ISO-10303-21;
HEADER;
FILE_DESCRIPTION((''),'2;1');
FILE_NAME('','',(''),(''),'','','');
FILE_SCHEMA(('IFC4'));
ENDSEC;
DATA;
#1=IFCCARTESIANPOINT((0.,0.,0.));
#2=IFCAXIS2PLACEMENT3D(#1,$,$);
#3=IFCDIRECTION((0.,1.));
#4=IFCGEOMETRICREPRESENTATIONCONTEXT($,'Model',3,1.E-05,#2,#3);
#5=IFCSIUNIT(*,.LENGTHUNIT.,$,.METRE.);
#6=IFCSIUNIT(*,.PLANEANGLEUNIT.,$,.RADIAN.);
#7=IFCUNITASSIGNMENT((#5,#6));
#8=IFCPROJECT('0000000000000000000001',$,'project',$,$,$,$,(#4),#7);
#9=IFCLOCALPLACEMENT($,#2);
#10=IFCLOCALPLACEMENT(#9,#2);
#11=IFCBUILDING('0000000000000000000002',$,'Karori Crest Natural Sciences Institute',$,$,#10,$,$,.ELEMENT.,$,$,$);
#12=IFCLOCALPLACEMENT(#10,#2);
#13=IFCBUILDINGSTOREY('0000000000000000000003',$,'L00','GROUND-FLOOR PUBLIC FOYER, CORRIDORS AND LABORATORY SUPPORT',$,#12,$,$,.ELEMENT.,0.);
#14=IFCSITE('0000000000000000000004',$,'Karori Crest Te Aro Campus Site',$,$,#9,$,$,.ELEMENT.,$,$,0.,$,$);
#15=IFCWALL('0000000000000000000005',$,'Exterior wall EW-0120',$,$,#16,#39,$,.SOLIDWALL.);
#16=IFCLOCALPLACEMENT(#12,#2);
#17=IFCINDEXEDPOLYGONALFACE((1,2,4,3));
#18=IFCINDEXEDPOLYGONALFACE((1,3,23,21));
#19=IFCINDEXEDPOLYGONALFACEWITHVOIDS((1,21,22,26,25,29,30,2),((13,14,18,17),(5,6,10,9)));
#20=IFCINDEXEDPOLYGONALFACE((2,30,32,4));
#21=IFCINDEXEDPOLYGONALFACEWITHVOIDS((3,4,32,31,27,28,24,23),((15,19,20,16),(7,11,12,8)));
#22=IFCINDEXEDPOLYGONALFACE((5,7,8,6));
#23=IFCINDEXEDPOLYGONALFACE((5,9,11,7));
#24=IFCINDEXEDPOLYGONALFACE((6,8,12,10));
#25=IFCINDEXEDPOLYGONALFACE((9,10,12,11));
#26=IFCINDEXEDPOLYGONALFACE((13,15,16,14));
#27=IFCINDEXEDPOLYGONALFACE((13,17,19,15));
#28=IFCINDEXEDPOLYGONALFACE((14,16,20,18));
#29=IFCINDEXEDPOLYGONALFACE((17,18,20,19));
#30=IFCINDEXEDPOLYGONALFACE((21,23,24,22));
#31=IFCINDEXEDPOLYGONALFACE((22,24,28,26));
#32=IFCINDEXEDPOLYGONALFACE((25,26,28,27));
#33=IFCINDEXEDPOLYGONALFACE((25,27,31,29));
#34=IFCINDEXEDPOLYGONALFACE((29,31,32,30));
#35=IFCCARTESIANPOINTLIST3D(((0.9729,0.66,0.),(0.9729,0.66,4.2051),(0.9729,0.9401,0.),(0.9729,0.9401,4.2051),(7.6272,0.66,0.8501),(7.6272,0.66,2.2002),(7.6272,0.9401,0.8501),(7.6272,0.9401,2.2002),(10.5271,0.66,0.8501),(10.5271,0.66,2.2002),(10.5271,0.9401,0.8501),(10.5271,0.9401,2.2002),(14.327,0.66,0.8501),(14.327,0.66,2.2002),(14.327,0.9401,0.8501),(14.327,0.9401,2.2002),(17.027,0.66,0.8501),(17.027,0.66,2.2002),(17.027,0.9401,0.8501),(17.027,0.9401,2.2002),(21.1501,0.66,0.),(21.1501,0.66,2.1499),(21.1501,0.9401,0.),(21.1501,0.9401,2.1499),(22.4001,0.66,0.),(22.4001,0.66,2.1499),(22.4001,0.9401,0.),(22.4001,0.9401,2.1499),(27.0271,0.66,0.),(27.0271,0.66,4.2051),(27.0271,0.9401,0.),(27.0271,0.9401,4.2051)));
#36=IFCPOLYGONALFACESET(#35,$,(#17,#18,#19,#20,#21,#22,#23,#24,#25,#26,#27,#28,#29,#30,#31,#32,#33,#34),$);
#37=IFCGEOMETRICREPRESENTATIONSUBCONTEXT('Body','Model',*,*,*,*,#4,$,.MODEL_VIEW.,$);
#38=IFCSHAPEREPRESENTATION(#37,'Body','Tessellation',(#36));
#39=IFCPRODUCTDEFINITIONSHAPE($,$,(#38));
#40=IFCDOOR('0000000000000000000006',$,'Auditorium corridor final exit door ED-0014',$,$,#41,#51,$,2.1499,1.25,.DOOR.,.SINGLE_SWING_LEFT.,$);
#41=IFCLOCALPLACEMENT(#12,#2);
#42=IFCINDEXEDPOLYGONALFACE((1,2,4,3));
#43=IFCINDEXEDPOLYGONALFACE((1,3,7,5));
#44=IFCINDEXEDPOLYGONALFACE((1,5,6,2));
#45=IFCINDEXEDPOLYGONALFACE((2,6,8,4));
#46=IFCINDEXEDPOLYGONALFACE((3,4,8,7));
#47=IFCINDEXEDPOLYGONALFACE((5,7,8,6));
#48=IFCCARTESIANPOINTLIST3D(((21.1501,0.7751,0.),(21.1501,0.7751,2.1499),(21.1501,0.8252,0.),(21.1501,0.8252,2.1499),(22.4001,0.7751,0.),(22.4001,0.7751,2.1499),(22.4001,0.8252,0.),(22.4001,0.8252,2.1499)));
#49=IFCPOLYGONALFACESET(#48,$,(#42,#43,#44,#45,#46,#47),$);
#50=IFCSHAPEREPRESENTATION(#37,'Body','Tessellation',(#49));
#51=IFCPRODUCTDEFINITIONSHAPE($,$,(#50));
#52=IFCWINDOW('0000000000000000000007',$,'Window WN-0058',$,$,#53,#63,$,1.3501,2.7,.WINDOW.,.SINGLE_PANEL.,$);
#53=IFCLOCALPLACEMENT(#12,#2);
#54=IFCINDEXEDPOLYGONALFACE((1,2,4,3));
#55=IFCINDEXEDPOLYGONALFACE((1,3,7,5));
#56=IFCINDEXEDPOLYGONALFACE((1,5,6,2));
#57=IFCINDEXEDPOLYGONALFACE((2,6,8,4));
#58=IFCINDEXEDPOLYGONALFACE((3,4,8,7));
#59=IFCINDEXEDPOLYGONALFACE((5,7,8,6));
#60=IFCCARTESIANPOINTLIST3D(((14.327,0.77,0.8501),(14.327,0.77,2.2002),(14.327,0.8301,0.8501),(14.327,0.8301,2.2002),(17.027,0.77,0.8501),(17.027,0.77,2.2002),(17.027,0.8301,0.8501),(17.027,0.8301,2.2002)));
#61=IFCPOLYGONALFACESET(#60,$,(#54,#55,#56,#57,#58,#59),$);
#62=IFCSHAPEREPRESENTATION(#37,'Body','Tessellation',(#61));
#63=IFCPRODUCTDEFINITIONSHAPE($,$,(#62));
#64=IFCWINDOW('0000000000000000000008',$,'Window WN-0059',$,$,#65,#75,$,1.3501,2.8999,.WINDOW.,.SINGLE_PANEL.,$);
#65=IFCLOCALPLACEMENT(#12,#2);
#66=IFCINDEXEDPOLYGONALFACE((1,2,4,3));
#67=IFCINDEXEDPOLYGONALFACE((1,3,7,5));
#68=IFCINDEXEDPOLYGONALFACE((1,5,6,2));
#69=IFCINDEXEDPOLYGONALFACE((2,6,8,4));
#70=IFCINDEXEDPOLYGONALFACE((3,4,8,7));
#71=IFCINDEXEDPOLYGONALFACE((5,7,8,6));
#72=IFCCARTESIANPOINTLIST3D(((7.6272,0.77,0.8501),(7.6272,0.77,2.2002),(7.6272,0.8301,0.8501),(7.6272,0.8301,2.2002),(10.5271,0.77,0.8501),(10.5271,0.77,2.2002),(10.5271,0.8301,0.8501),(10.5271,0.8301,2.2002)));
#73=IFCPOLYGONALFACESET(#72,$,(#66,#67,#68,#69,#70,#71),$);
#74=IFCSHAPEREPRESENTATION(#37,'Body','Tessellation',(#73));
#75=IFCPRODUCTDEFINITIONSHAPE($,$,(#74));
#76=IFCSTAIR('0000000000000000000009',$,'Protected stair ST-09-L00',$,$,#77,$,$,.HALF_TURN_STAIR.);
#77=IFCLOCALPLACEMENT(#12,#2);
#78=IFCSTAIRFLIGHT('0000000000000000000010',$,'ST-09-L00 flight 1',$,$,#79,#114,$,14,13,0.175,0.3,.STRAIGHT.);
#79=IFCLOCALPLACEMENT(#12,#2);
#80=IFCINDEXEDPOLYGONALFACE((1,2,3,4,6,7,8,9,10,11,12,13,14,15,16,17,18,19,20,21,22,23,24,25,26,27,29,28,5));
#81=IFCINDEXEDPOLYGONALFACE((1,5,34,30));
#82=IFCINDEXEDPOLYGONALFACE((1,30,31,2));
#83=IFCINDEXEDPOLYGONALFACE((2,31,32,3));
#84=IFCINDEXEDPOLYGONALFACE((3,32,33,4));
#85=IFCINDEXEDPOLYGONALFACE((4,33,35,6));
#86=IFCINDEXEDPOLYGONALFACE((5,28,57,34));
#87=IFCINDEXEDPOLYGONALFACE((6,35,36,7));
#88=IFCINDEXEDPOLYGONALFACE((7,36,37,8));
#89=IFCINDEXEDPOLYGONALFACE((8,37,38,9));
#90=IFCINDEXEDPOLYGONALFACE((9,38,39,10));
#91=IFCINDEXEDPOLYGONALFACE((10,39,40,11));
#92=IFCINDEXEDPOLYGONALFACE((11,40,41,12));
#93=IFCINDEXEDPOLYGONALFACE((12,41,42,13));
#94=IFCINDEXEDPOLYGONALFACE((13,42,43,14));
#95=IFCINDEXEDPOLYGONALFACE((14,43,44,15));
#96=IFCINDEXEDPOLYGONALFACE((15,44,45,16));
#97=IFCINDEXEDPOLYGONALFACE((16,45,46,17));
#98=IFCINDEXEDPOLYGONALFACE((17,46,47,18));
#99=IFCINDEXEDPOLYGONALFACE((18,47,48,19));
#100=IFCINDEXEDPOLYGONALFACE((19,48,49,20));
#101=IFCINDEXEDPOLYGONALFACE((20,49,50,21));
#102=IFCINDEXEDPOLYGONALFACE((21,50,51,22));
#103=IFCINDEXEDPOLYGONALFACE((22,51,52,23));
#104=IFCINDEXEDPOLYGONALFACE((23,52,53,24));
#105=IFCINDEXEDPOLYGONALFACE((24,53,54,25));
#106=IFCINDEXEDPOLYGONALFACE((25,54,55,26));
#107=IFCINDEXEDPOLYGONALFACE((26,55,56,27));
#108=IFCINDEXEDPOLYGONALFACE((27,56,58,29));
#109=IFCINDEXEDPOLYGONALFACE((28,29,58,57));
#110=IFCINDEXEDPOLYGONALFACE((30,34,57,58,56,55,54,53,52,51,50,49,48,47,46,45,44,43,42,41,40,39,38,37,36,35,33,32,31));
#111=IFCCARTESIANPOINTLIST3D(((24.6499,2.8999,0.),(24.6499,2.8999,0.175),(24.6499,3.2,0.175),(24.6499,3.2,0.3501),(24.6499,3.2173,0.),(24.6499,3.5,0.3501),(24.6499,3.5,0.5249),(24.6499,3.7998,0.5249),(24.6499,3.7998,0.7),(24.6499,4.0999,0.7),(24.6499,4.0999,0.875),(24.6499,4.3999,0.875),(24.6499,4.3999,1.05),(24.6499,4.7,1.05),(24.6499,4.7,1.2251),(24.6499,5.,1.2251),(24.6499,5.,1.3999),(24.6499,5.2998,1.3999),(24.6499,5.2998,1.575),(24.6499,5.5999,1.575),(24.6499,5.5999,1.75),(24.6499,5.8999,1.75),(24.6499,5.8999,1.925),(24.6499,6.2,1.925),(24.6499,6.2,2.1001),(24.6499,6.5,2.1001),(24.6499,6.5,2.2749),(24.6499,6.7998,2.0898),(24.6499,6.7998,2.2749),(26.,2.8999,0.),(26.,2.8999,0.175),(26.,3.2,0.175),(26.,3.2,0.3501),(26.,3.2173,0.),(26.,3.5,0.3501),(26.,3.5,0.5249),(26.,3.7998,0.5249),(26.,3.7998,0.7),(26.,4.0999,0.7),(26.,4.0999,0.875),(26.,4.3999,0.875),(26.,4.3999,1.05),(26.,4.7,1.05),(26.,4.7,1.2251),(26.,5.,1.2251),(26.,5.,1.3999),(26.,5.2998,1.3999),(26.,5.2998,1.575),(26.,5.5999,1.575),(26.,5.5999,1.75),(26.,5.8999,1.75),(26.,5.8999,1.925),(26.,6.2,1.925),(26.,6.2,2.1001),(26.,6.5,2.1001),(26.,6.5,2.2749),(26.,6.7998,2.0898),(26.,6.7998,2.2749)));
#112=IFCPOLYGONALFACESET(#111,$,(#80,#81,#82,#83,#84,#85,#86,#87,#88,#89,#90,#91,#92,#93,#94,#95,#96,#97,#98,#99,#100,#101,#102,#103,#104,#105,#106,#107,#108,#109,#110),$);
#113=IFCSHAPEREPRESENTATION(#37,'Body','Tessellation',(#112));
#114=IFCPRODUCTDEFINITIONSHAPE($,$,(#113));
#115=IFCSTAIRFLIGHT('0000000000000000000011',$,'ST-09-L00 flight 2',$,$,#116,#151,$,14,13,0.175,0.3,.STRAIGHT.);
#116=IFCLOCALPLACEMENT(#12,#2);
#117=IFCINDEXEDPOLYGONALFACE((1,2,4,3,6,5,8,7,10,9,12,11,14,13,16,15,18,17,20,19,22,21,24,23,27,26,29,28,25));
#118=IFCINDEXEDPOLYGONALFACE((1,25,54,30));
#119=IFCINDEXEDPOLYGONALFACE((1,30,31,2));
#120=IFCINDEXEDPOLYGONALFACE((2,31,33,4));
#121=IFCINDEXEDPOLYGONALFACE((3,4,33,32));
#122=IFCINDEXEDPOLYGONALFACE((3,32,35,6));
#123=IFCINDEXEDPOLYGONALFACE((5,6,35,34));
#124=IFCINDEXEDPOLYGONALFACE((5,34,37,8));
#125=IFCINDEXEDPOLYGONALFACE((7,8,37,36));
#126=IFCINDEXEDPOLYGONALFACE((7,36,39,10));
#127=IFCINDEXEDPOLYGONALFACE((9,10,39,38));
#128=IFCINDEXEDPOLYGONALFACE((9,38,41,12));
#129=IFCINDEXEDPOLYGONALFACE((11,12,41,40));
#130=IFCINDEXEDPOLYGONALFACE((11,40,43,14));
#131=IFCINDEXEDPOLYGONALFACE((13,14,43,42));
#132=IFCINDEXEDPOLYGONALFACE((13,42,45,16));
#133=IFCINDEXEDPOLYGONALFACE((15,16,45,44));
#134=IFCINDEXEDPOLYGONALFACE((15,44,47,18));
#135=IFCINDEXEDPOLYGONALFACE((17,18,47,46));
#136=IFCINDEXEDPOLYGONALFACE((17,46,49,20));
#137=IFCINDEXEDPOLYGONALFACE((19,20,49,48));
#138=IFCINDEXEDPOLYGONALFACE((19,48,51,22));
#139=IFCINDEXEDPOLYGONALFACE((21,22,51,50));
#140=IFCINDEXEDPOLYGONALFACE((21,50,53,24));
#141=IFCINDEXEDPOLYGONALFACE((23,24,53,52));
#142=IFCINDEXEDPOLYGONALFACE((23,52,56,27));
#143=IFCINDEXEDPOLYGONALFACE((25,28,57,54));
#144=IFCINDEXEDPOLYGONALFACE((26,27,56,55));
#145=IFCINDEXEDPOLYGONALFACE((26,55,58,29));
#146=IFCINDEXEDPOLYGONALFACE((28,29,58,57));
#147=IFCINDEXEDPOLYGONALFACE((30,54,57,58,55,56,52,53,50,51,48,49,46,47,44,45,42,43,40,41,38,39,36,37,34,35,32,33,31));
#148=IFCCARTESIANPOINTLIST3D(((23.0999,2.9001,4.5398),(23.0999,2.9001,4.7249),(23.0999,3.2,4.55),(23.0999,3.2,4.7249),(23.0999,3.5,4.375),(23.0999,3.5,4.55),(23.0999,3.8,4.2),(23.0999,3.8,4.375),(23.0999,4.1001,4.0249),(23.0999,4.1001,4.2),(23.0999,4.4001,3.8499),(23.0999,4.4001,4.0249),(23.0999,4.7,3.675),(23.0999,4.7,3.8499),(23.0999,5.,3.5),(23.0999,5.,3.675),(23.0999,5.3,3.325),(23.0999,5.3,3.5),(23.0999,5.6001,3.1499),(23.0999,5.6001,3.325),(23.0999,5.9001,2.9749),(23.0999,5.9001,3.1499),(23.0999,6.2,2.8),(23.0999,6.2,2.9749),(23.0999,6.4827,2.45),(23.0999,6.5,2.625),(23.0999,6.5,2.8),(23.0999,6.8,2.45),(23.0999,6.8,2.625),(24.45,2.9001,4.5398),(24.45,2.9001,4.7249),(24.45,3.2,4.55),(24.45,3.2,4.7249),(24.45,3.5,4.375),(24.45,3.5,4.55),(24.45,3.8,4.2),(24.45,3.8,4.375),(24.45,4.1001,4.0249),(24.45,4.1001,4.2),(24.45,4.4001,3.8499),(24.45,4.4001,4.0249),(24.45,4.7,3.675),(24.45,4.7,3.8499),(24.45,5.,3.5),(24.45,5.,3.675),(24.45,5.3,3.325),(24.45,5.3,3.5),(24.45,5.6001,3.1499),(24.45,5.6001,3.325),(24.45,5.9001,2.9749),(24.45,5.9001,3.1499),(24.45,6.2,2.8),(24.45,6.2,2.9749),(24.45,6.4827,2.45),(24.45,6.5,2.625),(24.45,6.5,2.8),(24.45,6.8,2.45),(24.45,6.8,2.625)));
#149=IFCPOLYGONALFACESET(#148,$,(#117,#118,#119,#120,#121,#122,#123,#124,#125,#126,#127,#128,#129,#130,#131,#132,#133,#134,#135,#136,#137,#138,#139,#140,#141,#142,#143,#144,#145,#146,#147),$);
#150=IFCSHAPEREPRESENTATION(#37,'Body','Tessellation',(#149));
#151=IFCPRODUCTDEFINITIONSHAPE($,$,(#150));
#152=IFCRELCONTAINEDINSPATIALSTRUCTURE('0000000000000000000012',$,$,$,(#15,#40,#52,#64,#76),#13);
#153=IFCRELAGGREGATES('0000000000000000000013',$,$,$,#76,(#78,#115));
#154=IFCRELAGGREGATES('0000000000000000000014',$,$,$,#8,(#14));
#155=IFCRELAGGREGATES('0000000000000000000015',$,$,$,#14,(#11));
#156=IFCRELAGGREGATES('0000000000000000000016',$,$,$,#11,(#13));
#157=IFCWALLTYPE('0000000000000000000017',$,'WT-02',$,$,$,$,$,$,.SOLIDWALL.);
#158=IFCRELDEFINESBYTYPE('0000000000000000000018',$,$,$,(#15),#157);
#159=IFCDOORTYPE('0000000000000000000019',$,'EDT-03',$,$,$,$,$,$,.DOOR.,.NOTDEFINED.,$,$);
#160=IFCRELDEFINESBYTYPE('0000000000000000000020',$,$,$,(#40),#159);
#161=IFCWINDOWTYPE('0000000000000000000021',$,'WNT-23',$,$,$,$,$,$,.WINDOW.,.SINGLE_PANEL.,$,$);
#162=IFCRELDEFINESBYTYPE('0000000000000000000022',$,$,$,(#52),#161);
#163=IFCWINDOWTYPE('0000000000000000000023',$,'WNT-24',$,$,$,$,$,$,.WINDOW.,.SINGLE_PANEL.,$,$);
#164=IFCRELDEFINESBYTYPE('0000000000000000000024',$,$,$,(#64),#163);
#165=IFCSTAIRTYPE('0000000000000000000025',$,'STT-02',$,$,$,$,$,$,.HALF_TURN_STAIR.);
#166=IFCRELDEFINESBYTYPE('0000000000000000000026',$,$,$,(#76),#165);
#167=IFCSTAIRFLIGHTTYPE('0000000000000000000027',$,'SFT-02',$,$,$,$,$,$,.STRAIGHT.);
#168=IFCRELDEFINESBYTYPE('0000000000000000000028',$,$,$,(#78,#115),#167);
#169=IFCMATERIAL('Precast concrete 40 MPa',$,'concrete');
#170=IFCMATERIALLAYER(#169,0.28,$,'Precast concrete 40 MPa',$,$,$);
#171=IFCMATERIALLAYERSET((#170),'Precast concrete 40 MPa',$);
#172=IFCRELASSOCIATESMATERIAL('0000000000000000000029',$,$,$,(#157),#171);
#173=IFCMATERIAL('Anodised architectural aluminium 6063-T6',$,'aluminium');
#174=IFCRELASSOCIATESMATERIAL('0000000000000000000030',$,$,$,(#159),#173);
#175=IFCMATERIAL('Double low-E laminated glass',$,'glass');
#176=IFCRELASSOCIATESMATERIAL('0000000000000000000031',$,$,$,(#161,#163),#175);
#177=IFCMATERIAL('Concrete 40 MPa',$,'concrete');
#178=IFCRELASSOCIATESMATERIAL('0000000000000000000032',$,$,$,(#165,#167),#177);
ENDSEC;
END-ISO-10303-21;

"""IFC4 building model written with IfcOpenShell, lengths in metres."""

from ifc_helpers import new_model, si_unit, direction, frame, frame_2d, origin, place, context, subcontext, project, spatial, polyline, rectangle, outline, extrude, material, layer, layer_set, type_object, element, fill, aggregate, save


model = new_model("IFC4")

# Units and contexts
model_context = context("Model", 3, precision=1e-05, world=origin(), true_north=direction((0.0, 1.0)))
body_context = subcontext(model_context, "Body", "Model", "MODEL_VIEW")
ifc_project = project(units=[si_unit("LENGTHUNIT", "METRE"), si_unit("PLANEANGLEUNIT", "RADIAN")], contexts=[model_context])

# Site, building, storey
site_placement = place(None, origin())
site = spatial("IfcSite", under=ifc_project, at=site_placement, Name="Karori Crest Te Aro Campus Site", CompositionType="ELEMENT", RefElevation=0.0)
building_placement = place(site_placement, origin())
building = spatial("IfcBuilding", under=site, at=building_placement, Name="Karori Crest Natural Sciences Institute", CompositionType="ELEMENT")
storey_placement = place(building_placement, origin())
storey = spatial("IfcBuildingStorey", under=building, at=storey_placement, Name="L00", Description="GROUND-FLOOR PUBLIC FOYER, CORRIDORS AND LABORATORY SUPPORT", CompositionType="ELEMENT", Elevation=0.0)

# Wall, openings, door, windows
ifc_material_1 = material(Name="Precast concrete 40 MPa", Category="concrete")
ifc_layer_1 = layer(ifc_material_1, 0.28, Name="Precast concrete 40 MPa")
ifc_layer_set_1 = layer_set([ifc_layer_1], Name="Precast concrete 40 MPa")
wall_type_1 = type_object("IfcWallType", Name="WT-02", PredefinedType="SOLIDWALL", material=ifc_layer_set_1)
wall_1_placement = place(storey_placement, frame((27.0271, 0.8, 0.0), z_axis=(0.0, 0.0, 1.0), x_axis=(-1.0, 0.0, 0.0)))
wall_1 = element("IfcWall", 1, at=wall_1_placement, inside=storey, type_object=wall_type_1, Name="Exterior wall EW-0120", PredefinedType="SOLIDWALL", context=body_context, shape_type="SweptSolid", body=[
    extrude(rectangle(XDim=26.0542, YDim=0.28, at=frame_2d((13.0271, 0.0))), origin(), (0.0, 0.0, 1.0), 4.2051),
])
opening_1_placement = place(wall_1_placement, frame((4.627, 0.0, 0.0)))
opening_1 = element("IfcOpeningElement", 2, at=opening_1_placement, cuts=wall_1, PredefinedType="OPENING", context=body_context, shape_type="SweptSolid", body=[
    extrude(rectangle(XDim=1.25, YDim=2.1499, at=frame_2d((0.625, 1.075))), frame((0.0, 0.1499, 0.0), z_axis=(0.0, -1.0, 0.0), x_axis=(1.0, 0.0, 0.0)), (0.0, 0.0, 1.0), 0.3),
])
opening_2_placement = place(wall_1_placement, frame((10.0, 0.0, 0.8501)))
opening_2 = element("IfcOpeningElement", 3, at=opening_2_placement, cuts=wall_1, PredefinedType="OPENING", context=body_context, shape_type="SweptSolid", body=[
    extrude(rectangle(XDim=2.7, YDim=1.3501, at=frame_2d((1.3501, 0.675))), frame((0.0, 0.1499, 0.0), z_axis=(0.0, -1.0, 0.0), x_axis=(1.0, 0.0, 0.0)), (0.0, 0.0, 1.0), 0.3),
])
opening_3_placement = place(wall_1_placement, frame((16.5, 0.0, 0.8501)))
opening_3 = element("IfcOpeningElement", 4, at=opening_3_placement, cuts=wall_1, PredefinedType="OPENING", context=body_context, shape_type="SweptSolid", body=[
    extrude(rectangle(XDim=2.8999, YDim=1.3501, at=frame_2d((1.45, 0.675))), frame((0.0, 0.1499, 0.0), z_axis=(0.0, -1.0, 0.0), x_axis=(1.0, 0.0, 0.0)), (0.0, 0.0, 1.0), 0.3),
])
ifc_material_2 = material(Name="Anodised architectural aluminium 6063-T6", Category="aluminium")
door_type_1 = type_object("IfcDoorType", Name="EDT-03", OperationType="NOTDEFINED", PredefinedType="DOOR", material=ifc_material_2)
door_1_placement = place(opening_1_placement, origin())
door_1 = element("IfcDoor", 5, at=door_1_placement, inside=storey, type_object=door_type_1, Name="Auditorium corridor final exit door ED-0014", OperationType="SINGLE_SWING_LEFT", OverallHeight=2.1499, OverallWidth=1.25, PredefinedType="DOOR", context=body_context, shape_type="SweptSolid", body=[
    extrude(rectangle(XDim=1.25, YDim=2.1499, at=frame_2d((0.625, 1.075))), frame((0.0, 0.0249, 0.0), z_axis=(0.0, -1.0, 0.0), x_axis=(1.0, 0.0, 0.0)), (0.0, 0.0, 1.0), 0.05),
])
fill(opening_1, door_1)
ifc_material_3 = material(Name="Double low-E laminated glass", Category="glass")
window_type_1 = type_object("IfcWindowType", Name="WNT-23", PartitioningType="SINGLE_PANEL", PredefinedType="WINDOW", material=ifc_material_3)
window_1_placement = place(opening_2_placement, origin())
window_1 = element("IfcWindow", 6, at=window_1_placement, inside=storey, type_object=window_type_1, Name="Window WN-0058", OverallHeight=1.3501, OverallWidth=2.7, PartitioningType="SINGLE_PANEL", PredefinedType="WINDOW", context=body_context, shape_type="SweptSolid", body=[
    extrude(rectangle(XDim=2.7, YDim=1.3501, at=frame_2d((1.3501, 0.675))), frame((0.0, 0.03, 0.0), z_axis=(0.0, -1.0, 0.0), x_axis=(1.0, 0.0, 0.0)), (0.0, 0.0, 1.0), 0.0601),
])
fill(opening_2, window_1)
window_type_2 = type_object("IfcWindowType", Name="WNT-24", PartitioningType="SINGLE_PANEL", PredefinedType="WINDOW", material=ifc_material_3)
window_2_placement = place(opening_3_placement, origin())
window_2 = element("IfcWindow", 7, at=window_2_placement, inside=storey, type_object=window_type_2, Name="Window WN-0059", OverallHeight=1.3501, OverallWidth=2.8999, PartitioningType="SINGLE_PANEL", PredefinedType="WINDOW", context=body_context, shape_type="SweptSolid", body=[
    extrude(rectangle(XDim=2.8999, YDim=1.3501, at=frame_2d((1.45, 0.675))), frame((0.0, 0.03, 0.0), z_axis=(0.0, -1.0, 0.0), x_axis=(1.0, 0.0, 0.0)), (0.0, 0.0, 1.0), 0.0601),
])
fill(opening_3, window_2)

# Stair, stair flights
ifc_material_4 = material(Name="Concrete 40 MPa", Category="concrete")
stair_type = type_object("IfcStairType", Name="STT-02", PredefinedType="HALF_TURN_STAIR", material=ifc_material_4)
stair_placement = place(storey_placement, origin())
stair = element("IfcStair", 8, at=stair_placement, inside=storey, type_object=stair_type, Name="Protected stair ST-09-L00", PredefinedType="HALF_TURN_STAIR")
stair_flight_type = type_object("IfcStairFlightType", Name="SFT-02", PredefinedType="STRAIGHT", material=ifc_material_4)
stair_flight_1_placement = place(storey_placement, frame((25.325, 2.8999, 0.0), z_axis=(0.0, 0.0, 1.0), x_axis=(0.0, 1.0, 0.0)))
stair_flight_1 = element("IfcStairFlight", 9, at=stair_flight_1_placement, type_object=stair_flight_type, Name="ST-09-L00 flight 1", NumberOfRisers=14, NumberOfTreads=13, PredefinedType="STRAIGHT", RiserHeight=0.175, TreadLength=0.3, context=body_context, shape_type="SweptSolid", body=[
    extrude(outline(polyline([(0.0, 0.0), (0.0, 0.175), (0.3, 0.175), (0.3, 0.3501), (0.6001, 0.3501), (0.6001, 0.5249), (0.8999, 0.5249), (0.8999, 0.7), (1.2, 0.7), (1.2, 0.875), (1.5, 0.875), (1.5, 1.05), (1.8, 1.05), (1.8, 1.2251), (2.1001, 1.2251), (2.1001, 1.3999), (2.3999, 1.3999), (2.3999, 1.575), (2.7, 1.575), (2.7, 1.75), (3.0, 1.75), (3.0, 1.925), (3.3, 1.925), (3.3, 2.1001), (3.6001, 2.1001), (3.6001, 2.2749), (3.8999, 2.2749), (3.8999, 2.45), (3.8999, 2.0898), (0.3174, 0.0), (0.0, 0.0)])), frame((0.0, 0.675, 0.0), z_axis=(0.0, -1.0, 0.0), x_axis=(1.0, 0.0, 0.0)), (0.0, 0.0, 1.0), 1.3501),
])
stair_flight_2_placement = place(storey_placement, frame((23.7749, 6.8, 2.45), z_axis=(0.0, 0.0, 1.0), x_axis=(0.0, -1.0, 0.0)))
stair_flight_2 = element("IfcStairFlight", 10, at=stair_flight_2_placement, type_object=stair_flight_type, Name="ST-09-L00 flight 2", NumberOfRisers=14, NumberOfTreads=13, PredefinedType="STRAIGHT", RiserHeight=0.175, TreadLength=0.3, context=body_context, shape_type="SweptSolid", body=[
    extrude(outline(polyline([(0.0, 0.0), (0.0, 0.175), (0.3, 0.175), (0.3, 0.3501), (0.6001, 0.3501), (0.6001, 0.5249), (0.8999, 0.5249), (0.8999, 0.7), (1.2, 0.7), (1.2, 0.875), (1.5, 0.875), (1.5, 1.05), (1.8, 1.05), (1.8, 1.2251), (2.1001, 1.2251), (2.1001, 1.3999), (2.3999, 1.3999), (2.3999, 1.575), (2.7, 1.575), (2.7, 1.75), (3.0, 1.75), (3.0, 1.925), (3.3, 1.925), (3.3, 2.1001), (3.6001, 2.1001), (3.6001, 2.2749), (3.8999, 2.2749), (3.8999, 2.45), (3.8999, 2.0898), (0.3174, 0.0), (0.0, 0.0)])), frame((0.0, 0.675, 0.0), z_axis=(0.0, -1.0, 0.0), x_axis=(1.0, 0.0, 0.0)), (0.0, 0.0, 1.0), 1.3501),
])
aggregate(stair, [stair_flight_1, stair_flight_2])

save(model, "model.ifc")
